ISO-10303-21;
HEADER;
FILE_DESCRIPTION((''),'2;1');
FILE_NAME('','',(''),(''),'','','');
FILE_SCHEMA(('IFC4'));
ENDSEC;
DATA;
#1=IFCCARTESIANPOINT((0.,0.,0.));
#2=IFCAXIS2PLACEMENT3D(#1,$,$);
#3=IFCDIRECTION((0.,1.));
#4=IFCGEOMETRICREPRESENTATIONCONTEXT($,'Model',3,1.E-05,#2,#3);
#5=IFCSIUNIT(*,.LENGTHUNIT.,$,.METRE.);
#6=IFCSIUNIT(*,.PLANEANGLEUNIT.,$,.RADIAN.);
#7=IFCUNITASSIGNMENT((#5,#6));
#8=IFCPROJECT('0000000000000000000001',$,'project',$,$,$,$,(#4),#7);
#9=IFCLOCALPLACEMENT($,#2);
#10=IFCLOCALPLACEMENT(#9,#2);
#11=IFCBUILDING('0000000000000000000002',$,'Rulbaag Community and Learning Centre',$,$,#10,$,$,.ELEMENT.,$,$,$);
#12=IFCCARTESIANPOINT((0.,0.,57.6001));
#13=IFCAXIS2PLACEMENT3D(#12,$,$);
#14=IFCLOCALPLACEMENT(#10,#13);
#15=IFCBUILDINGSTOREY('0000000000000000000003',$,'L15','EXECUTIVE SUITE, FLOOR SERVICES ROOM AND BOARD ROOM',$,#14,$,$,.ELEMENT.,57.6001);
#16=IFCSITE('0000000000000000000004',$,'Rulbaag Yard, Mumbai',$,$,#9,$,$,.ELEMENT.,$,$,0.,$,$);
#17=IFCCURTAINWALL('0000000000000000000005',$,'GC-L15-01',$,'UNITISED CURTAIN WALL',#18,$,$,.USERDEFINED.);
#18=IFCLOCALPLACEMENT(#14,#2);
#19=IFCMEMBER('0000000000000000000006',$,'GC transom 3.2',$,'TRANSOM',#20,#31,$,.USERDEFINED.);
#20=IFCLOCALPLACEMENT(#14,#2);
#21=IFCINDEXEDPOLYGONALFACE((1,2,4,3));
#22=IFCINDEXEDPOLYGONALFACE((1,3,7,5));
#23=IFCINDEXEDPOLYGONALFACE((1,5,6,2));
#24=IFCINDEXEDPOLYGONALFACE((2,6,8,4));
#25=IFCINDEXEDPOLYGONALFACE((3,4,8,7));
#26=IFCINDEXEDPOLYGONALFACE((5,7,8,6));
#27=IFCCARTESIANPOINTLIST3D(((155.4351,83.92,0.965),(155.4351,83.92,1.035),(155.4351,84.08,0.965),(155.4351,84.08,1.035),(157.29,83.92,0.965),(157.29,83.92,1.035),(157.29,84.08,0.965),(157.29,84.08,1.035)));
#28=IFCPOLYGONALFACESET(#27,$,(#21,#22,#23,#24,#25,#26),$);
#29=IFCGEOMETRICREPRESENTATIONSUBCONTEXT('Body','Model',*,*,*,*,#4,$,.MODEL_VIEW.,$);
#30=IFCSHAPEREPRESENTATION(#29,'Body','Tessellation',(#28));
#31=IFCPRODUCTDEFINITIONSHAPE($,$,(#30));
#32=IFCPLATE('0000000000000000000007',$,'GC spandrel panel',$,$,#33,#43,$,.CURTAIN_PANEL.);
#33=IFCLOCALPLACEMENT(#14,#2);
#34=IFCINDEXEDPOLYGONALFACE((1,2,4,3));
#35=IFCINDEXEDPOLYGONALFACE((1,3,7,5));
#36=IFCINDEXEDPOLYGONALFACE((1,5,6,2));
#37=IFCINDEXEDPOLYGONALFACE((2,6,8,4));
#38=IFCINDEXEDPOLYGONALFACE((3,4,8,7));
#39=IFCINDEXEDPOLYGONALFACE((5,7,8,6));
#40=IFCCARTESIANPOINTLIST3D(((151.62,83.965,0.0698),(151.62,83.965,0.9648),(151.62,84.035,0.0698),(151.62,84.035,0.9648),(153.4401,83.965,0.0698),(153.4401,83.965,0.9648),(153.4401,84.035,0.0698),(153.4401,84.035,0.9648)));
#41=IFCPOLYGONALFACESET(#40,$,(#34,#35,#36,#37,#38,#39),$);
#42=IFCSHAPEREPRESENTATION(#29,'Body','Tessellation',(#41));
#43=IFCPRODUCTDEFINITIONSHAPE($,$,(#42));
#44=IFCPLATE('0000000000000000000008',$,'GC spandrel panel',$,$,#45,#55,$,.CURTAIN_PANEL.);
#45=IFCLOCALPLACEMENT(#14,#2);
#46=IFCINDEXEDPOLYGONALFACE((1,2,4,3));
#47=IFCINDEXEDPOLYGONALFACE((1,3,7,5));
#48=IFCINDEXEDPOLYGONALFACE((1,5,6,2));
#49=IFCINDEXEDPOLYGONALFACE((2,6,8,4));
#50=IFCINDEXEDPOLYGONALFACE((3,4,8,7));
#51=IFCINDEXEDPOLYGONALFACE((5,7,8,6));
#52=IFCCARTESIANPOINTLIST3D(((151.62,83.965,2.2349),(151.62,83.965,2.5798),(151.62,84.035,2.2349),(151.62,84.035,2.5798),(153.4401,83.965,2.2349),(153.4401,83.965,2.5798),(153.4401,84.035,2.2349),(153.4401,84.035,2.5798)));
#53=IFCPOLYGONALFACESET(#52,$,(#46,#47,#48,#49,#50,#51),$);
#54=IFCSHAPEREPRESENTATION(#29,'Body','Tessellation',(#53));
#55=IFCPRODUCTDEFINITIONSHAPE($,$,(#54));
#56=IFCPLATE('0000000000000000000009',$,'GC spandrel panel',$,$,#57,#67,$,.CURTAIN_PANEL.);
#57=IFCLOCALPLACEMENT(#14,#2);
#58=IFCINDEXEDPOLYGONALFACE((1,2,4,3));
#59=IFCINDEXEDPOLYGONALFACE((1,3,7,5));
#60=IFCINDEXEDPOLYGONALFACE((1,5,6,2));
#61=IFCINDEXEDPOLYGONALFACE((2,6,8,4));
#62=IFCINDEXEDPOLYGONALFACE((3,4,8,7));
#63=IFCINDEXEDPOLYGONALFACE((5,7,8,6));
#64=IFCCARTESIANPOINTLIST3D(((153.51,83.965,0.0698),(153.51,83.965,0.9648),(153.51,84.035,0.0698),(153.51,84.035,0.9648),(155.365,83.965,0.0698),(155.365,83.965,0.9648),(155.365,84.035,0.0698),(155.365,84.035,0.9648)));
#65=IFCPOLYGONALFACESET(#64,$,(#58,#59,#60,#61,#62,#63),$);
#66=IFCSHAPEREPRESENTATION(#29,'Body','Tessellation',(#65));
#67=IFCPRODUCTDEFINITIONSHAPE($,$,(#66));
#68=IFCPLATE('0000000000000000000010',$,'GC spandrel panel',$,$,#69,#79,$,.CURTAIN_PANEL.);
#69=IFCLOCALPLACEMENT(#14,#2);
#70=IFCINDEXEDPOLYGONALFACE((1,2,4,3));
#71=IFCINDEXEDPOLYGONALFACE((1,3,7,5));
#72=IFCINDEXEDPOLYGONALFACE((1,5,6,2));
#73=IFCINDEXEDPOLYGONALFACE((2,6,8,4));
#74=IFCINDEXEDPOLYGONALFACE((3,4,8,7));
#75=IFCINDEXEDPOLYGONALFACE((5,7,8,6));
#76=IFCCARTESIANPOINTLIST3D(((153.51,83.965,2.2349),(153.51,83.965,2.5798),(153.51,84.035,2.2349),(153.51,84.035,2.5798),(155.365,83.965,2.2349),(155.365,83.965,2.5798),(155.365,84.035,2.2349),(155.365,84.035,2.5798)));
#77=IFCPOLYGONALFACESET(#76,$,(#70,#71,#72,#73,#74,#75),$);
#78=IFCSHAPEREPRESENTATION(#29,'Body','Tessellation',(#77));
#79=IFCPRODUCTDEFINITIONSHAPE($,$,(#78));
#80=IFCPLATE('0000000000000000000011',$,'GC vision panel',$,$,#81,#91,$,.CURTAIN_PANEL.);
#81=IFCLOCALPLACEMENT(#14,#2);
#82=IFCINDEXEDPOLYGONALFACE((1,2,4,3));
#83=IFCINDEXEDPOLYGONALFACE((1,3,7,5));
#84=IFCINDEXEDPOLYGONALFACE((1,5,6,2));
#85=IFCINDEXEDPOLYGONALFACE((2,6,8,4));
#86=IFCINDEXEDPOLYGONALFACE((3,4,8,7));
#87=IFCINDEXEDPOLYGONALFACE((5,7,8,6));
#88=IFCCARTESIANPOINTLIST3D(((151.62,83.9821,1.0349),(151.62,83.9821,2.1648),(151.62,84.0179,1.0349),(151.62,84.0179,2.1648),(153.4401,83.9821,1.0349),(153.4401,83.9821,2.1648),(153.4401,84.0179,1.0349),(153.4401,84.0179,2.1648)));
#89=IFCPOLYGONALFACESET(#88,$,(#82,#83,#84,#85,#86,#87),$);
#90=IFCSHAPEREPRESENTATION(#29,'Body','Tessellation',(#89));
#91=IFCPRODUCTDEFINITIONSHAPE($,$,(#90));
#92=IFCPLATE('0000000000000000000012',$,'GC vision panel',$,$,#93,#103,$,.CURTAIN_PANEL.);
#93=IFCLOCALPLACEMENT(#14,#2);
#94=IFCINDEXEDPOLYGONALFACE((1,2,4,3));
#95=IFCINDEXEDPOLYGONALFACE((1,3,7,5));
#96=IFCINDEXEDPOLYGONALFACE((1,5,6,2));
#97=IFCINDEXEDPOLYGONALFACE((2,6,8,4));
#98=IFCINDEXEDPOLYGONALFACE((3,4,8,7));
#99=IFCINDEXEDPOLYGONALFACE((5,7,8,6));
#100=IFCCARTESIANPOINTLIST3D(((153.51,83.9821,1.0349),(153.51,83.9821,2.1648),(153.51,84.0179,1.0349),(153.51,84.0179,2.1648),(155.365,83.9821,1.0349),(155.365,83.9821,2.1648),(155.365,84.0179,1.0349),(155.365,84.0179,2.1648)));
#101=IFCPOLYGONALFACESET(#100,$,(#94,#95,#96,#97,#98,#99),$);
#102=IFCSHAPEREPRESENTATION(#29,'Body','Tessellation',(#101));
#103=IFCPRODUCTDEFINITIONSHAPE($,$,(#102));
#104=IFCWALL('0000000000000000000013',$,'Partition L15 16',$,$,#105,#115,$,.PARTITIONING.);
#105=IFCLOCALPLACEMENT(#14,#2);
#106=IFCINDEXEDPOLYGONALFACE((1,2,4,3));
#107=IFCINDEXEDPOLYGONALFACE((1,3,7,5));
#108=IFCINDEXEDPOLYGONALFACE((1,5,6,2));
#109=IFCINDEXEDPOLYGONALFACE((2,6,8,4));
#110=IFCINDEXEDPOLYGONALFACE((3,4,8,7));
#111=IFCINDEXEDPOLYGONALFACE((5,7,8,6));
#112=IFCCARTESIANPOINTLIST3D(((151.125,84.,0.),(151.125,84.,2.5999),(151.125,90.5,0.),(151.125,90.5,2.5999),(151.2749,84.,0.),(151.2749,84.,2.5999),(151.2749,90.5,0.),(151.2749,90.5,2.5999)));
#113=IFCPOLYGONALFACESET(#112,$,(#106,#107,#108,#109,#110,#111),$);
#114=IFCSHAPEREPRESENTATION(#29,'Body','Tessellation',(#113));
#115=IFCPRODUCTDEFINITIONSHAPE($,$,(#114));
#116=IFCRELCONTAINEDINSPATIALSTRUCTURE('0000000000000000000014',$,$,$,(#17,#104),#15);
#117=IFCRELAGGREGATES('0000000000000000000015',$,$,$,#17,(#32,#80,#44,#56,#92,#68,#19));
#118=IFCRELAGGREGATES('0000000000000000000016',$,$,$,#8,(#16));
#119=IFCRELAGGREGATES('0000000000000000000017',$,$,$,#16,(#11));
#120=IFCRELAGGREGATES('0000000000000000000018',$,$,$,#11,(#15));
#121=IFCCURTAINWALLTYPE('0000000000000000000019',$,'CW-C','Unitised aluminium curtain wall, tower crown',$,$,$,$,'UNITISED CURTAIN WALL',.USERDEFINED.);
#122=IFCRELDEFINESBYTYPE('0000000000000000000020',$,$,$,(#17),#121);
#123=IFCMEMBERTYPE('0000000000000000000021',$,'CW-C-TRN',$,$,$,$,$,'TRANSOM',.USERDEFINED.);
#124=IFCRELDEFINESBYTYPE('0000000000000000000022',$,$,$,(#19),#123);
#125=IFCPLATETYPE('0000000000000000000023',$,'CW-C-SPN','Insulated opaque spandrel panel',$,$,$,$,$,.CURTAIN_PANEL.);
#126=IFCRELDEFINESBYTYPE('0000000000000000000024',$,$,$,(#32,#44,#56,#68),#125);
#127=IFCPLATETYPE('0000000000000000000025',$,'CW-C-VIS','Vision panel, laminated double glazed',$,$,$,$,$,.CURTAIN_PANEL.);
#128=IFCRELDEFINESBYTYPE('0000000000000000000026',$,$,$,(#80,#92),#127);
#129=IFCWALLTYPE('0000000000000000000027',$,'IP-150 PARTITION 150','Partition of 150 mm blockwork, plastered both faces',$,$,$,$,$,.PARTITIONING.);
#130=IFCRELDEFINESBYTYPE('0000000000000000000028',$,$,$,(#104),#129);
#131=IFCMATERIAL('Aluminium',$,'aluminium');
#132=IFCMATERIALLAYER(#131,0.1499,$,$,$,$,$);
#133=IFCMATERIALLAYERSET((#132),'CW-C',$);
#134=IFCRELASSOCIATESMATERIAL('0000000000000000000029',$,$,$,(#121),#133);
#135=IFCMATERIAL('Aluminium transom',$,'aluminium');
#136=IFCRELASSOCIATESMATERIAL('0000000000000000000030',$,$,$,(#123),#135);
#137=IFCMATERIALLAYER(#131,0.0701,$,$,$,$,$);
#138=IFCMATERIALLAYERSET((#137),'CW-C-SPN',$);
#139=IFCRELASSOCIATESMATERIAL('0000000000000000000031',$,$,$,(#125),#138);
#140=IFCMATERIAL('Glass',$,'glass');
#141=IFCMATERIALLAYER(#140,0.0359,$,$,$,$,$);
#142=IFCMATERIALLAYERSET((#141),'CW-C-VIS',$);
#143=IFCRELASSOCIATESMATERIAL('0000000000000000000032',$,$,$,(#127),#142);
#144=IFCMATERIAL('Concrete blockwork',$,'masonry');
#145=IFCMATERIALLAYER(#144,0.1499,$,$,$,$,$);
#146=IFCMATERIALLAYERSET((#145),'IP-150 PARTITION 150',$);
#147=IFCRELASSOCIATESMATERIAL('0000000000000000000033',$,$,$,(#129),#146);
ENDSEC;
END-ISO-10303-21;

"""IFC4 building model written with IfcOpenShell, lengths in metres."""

from ifc_helpers import new_model, si_unit, direction, frame, frame_2d, origin, origin_2d, place, context, subcontext, project, spatial, rectangle, extrude, material, layer, layer_set, material_profile, profile_set, type_object, element, aggregate, save


model = new_model("IFC4")

# Units and contexts
model_context = context("Model", 3, precision=1e-05, world=origin(), true_north=direction((0.0, 1.0)))
body_context = subcontext(model_context, "Body", "Model", "MODEL_VIEW")
ifc_project = project(units=[si_unit("LENGTHUNIT", "METRE"), si_unit("PLANEANGLEUNIT", "RADIAN")], contexts=[model_context])

# Site, building, storey
site_placement = place(None, origin())
site = spatial("IfcSite", under=ifc_project, at=site_placement, Name="Rulbaag Yard, Mumbai", CompositionType="ELEMENT", RefElevation=0.0)
building_placement = place(site_placement, origin())
building = spatial("IfcBuilding", under=site, at=building_placement, Name="Rulbaag Community and Learning Centre", CompositionType="ELEMENT")
storey_placement = place(building_placement, frame((0.0, 0.0, 57.6001)))
storey = spatial("IfcBuildingStorey", under=building, at=storey_placement, Name="L15", Description="EXECUTIVE SUITE, FLOOR SERVICES ROOM AND BOARD ROOM", CompositionType="ELEMENT", Elevation=57.6001)

# Curtain wall, member, plates
ifc_material_1 = material(Name="Aluminium", Category="aluminium")
ifc_layer_1 = layer(ifc_material_1, 0.1499)
ifc_layer_set_1 = layer_set([ifc_layer_1], Name="CW-C")
curtain_wall_type = type_object("IfcCurtainWallType", Name="CW-C", Description="Unitised aluminium curtain wall, tower crown", ElementType="UNITISED CURTAIN WALL", PredefinedType="USERDEFINED", material=ifc_layer_set_1)
curtain_wall_placement = place(storey_placement, origin())
curtain_wall = element("IfcCurtainWall", 1, at=curtain_wall_placement, inside=storey, type_object=curtain_wall_type, Name="GC-L15-01", ObjectType="UNITISED CURTAIN WALL", PredefinedType="USERDEFINED")
ifc_material_2 = material(Name="Aluminium transom", Category="aluminium")
ifc_material_profile_1 = material_profile(ifc_material_2, rectangle(XDim=0.1599, YDim=0.0701, at=origin_2d()), Name="AL 70x160 T")
ifc_profile_set_1 = profile_set([ifc_material_profile_1], Name="Aluminium transom")
member_type_1 = type_object("IfcMemberType", Name="CW-C-TRN", ElementType="TRANSOM", PredefinedType="USERDEFINED", material=ifc_profile_set_1)
member_1_placement = place(storey_placement, frame((155.4351, 84.0, 1.0), z_axis=(1.0, 0.0, 0.0), x_axis=(0.0, 1.0, 0.0)))
member_1 = element("IfcMember", 2, at=member_1_placement, type_object=member_type_1, Name="GC transom 3.2", ObjectType="TRANSOM", PredefinedType="USERDEFINED", context=body_context, shape_type="SweptSolid", body=[
    extrude(rectangle(XDim=0.1599, YDim=0.0701, at=origin_2d()), origin(), (0.0, 0.0, 1.0), 1.855),
])
ifc_layer_2 = layer(ifc_material_1, 0.0701)
ifc_layer_set_2 = layer_set([ifc_layer_2], Name="CW-C-SPN")
plate_type_1 = type_object("IfcPlateType", Name="CW-C-SPN", Description="Insulated opaque spandrel panel", PredefinedType="CURTAIN_PANEL", material=ifc_layer_set_2)
plate_1_placement = place(storey_placement, frame((152.53, 84.0, 0.0698), z_axis=(0.0, 0.0, 1.0), x_axis=(1.0, 0.0, 0.0)))
plate_1 = element("IfcPlate", 3, at=plate_1_placement, type_object=plate_type_1, Name="GC spandrel panel", PredefinedType="CURTAIN_PANEL", context=body_context, shape_type="SweptSolid", body=[
    extrude(rectangle(XDim=1.8201, YDim=0.0701, at=origin_2d()), origin(), (0.0, 0.0, 1.0), 0.895),
])
plate_2_placement = place(storey_placement, frame((152.53, 84.0, 2.2349), z_axis=(0.0, 0.0, 1.0), x_axis=(1.0, 0.0, 0.0)))
plate_2 = element("IfcPlate", 4, at=plate_2_placement, type_object=plate_type_1, Name="GC spandrel panel", PredefinedType="CURTAIN_PANEL", context=body_context, shape_type="SweptSolid", body=[
    extrude(rectangle(XDim=1.8201, YDim=0.0701, at=origin_2d()), origin(), (0.0, 0.0, 1.0), 0.345),
])
plate_3_placement = place(storey_placement, frame((154.4375, 84.0, 0.0698), z_axis=(0.0, 0.0, 1.0), x_axis=(1.0, 0.0, 0.0)))
plate_3 = element("IfcPlate", 5, at=plate_3_placement, type_object=plate_type_1, Name="GC spandrel panel", PredefinedType="CURTAIN_PANEL", context=body_context, shape_type="SweptSolid", body=[
    extrude(rectangle(XDim=1.855, YDim=0.0701, at=origin_2d()), origin(), (0.0, 0.0, 1.0), 0.895),
])
plate_4_placement = place(storey_placement, frame((154.4375, 84.0, 2.2349), z_axis=(0.0, 0.0, 1.0), x_axis=(1.0, 0.0, 0.0)))
plate_4 = element("IfcPlate", 6, at=plate_4_placement, type_object=plate_type_1, Name="GC spandrel panel", PredefinedType="CURTAIN_PANEL", context=body_context, shape_type="SweptSolid", body=[
    extrude(rectangle(XDim=1.855, YDim=0.0701, at=origin_2d()), origin(), (0.0, 0.0, 1.0), 0.345),
])
ifc_material_3 = material(Name="Glass", Category="glass")
ifc_layer_3 = layer(ifc_material_3, 0.0359)
ifc_layer_set_3 = layer_set([ifc_layer_3], Name="CW-C-VIS")
plate_type_2 = type_object("IfcPlateType", Name="CW-C-VIS", Description="Vision panel, laminated double glazed", PredefinedType="CURTAIN_PANEL", material=ifc_layer_set_3)
plate_5_placement = place(storey_placement, frame((152.53, 84.0, 1.0349), z_axis=(0.0, 0.0, 1.0), x_axis=(1.0, 0.0, 0.0)))
plate_5 = element("IfcPlate", 7, at=plate_5_placement, type_object=plate_type_2, Name="GC vision panel", PredefinedType="CURTAIN_PANEL", context=body_context, shape_type="SweptSolid", body=[
    extrude(rectangle(XDim=1.8201, YDim=0.0359, at=origin_2d()), origin(), (0.0, 0.0, 1.0), 1.1299),
])
plate_6_placement = place(storey_placement, frame((154.4375, 84.0, 1.0349), z_axis=(0.0, 0.0, 1.0), x_axis=(1.0, 0.0, 0.0)))
plate_6 = element("IfcPlate", 8, at=plate_6_placement, type_object=plate_type_2, Name="GC vision panel", PredefinedType="CURTAIN_PANEL", context=body_context, shape_type="SweptSolid", body=[
    extrude(rectangle(XDim=1.855, YDim=0.0359, at=origin_2d()), origin(), (0.0, 0.0, 1.0), 1.1299),
])
aggregate(curtain_wall, [plate_1, plate_5, plate_2, plate_3, plate_6, plate_4, member_1])

# Wall
ifc_material_4 = material(Name="Concrete blockwork", Category="masonry")
ifc_layer_4 = layer(ifc_material_4, 0.1499)
ifc_layer_set_4 = layer_set([ifc_layer_4], Name="IP-150 PARTITION 150")
wall_type = type_object("IfcWallType", Name="IP-150 PARTITION 150", Description="Partition of 150 mm blockwork, plastered both faces", PredefinedType="PARTITIONING", material=ifc_layer_set_4)
wall_placement = place(storey_placement, frame((151.2, 84.0, 0.0), z_axis=(0.0, 0.0, 1.0), x_axis=(0.0, 1.0, 0.0)))
element("IfcWall", 9, at=wall_placement, inside=storey, type_object=wall_type, Name="Partition L15 16", PredefinedType="PARTITIONING", context=body_context, shape_type="SweptSolid", body=[
    extrude(rectangle(XDim=6.5, YDim=0.1499, at=frame_2d((3.25, 0.0))), origin(), (0.0, 0.0, 1.0), 2.5999),
])

save(model, "model.ifc")
